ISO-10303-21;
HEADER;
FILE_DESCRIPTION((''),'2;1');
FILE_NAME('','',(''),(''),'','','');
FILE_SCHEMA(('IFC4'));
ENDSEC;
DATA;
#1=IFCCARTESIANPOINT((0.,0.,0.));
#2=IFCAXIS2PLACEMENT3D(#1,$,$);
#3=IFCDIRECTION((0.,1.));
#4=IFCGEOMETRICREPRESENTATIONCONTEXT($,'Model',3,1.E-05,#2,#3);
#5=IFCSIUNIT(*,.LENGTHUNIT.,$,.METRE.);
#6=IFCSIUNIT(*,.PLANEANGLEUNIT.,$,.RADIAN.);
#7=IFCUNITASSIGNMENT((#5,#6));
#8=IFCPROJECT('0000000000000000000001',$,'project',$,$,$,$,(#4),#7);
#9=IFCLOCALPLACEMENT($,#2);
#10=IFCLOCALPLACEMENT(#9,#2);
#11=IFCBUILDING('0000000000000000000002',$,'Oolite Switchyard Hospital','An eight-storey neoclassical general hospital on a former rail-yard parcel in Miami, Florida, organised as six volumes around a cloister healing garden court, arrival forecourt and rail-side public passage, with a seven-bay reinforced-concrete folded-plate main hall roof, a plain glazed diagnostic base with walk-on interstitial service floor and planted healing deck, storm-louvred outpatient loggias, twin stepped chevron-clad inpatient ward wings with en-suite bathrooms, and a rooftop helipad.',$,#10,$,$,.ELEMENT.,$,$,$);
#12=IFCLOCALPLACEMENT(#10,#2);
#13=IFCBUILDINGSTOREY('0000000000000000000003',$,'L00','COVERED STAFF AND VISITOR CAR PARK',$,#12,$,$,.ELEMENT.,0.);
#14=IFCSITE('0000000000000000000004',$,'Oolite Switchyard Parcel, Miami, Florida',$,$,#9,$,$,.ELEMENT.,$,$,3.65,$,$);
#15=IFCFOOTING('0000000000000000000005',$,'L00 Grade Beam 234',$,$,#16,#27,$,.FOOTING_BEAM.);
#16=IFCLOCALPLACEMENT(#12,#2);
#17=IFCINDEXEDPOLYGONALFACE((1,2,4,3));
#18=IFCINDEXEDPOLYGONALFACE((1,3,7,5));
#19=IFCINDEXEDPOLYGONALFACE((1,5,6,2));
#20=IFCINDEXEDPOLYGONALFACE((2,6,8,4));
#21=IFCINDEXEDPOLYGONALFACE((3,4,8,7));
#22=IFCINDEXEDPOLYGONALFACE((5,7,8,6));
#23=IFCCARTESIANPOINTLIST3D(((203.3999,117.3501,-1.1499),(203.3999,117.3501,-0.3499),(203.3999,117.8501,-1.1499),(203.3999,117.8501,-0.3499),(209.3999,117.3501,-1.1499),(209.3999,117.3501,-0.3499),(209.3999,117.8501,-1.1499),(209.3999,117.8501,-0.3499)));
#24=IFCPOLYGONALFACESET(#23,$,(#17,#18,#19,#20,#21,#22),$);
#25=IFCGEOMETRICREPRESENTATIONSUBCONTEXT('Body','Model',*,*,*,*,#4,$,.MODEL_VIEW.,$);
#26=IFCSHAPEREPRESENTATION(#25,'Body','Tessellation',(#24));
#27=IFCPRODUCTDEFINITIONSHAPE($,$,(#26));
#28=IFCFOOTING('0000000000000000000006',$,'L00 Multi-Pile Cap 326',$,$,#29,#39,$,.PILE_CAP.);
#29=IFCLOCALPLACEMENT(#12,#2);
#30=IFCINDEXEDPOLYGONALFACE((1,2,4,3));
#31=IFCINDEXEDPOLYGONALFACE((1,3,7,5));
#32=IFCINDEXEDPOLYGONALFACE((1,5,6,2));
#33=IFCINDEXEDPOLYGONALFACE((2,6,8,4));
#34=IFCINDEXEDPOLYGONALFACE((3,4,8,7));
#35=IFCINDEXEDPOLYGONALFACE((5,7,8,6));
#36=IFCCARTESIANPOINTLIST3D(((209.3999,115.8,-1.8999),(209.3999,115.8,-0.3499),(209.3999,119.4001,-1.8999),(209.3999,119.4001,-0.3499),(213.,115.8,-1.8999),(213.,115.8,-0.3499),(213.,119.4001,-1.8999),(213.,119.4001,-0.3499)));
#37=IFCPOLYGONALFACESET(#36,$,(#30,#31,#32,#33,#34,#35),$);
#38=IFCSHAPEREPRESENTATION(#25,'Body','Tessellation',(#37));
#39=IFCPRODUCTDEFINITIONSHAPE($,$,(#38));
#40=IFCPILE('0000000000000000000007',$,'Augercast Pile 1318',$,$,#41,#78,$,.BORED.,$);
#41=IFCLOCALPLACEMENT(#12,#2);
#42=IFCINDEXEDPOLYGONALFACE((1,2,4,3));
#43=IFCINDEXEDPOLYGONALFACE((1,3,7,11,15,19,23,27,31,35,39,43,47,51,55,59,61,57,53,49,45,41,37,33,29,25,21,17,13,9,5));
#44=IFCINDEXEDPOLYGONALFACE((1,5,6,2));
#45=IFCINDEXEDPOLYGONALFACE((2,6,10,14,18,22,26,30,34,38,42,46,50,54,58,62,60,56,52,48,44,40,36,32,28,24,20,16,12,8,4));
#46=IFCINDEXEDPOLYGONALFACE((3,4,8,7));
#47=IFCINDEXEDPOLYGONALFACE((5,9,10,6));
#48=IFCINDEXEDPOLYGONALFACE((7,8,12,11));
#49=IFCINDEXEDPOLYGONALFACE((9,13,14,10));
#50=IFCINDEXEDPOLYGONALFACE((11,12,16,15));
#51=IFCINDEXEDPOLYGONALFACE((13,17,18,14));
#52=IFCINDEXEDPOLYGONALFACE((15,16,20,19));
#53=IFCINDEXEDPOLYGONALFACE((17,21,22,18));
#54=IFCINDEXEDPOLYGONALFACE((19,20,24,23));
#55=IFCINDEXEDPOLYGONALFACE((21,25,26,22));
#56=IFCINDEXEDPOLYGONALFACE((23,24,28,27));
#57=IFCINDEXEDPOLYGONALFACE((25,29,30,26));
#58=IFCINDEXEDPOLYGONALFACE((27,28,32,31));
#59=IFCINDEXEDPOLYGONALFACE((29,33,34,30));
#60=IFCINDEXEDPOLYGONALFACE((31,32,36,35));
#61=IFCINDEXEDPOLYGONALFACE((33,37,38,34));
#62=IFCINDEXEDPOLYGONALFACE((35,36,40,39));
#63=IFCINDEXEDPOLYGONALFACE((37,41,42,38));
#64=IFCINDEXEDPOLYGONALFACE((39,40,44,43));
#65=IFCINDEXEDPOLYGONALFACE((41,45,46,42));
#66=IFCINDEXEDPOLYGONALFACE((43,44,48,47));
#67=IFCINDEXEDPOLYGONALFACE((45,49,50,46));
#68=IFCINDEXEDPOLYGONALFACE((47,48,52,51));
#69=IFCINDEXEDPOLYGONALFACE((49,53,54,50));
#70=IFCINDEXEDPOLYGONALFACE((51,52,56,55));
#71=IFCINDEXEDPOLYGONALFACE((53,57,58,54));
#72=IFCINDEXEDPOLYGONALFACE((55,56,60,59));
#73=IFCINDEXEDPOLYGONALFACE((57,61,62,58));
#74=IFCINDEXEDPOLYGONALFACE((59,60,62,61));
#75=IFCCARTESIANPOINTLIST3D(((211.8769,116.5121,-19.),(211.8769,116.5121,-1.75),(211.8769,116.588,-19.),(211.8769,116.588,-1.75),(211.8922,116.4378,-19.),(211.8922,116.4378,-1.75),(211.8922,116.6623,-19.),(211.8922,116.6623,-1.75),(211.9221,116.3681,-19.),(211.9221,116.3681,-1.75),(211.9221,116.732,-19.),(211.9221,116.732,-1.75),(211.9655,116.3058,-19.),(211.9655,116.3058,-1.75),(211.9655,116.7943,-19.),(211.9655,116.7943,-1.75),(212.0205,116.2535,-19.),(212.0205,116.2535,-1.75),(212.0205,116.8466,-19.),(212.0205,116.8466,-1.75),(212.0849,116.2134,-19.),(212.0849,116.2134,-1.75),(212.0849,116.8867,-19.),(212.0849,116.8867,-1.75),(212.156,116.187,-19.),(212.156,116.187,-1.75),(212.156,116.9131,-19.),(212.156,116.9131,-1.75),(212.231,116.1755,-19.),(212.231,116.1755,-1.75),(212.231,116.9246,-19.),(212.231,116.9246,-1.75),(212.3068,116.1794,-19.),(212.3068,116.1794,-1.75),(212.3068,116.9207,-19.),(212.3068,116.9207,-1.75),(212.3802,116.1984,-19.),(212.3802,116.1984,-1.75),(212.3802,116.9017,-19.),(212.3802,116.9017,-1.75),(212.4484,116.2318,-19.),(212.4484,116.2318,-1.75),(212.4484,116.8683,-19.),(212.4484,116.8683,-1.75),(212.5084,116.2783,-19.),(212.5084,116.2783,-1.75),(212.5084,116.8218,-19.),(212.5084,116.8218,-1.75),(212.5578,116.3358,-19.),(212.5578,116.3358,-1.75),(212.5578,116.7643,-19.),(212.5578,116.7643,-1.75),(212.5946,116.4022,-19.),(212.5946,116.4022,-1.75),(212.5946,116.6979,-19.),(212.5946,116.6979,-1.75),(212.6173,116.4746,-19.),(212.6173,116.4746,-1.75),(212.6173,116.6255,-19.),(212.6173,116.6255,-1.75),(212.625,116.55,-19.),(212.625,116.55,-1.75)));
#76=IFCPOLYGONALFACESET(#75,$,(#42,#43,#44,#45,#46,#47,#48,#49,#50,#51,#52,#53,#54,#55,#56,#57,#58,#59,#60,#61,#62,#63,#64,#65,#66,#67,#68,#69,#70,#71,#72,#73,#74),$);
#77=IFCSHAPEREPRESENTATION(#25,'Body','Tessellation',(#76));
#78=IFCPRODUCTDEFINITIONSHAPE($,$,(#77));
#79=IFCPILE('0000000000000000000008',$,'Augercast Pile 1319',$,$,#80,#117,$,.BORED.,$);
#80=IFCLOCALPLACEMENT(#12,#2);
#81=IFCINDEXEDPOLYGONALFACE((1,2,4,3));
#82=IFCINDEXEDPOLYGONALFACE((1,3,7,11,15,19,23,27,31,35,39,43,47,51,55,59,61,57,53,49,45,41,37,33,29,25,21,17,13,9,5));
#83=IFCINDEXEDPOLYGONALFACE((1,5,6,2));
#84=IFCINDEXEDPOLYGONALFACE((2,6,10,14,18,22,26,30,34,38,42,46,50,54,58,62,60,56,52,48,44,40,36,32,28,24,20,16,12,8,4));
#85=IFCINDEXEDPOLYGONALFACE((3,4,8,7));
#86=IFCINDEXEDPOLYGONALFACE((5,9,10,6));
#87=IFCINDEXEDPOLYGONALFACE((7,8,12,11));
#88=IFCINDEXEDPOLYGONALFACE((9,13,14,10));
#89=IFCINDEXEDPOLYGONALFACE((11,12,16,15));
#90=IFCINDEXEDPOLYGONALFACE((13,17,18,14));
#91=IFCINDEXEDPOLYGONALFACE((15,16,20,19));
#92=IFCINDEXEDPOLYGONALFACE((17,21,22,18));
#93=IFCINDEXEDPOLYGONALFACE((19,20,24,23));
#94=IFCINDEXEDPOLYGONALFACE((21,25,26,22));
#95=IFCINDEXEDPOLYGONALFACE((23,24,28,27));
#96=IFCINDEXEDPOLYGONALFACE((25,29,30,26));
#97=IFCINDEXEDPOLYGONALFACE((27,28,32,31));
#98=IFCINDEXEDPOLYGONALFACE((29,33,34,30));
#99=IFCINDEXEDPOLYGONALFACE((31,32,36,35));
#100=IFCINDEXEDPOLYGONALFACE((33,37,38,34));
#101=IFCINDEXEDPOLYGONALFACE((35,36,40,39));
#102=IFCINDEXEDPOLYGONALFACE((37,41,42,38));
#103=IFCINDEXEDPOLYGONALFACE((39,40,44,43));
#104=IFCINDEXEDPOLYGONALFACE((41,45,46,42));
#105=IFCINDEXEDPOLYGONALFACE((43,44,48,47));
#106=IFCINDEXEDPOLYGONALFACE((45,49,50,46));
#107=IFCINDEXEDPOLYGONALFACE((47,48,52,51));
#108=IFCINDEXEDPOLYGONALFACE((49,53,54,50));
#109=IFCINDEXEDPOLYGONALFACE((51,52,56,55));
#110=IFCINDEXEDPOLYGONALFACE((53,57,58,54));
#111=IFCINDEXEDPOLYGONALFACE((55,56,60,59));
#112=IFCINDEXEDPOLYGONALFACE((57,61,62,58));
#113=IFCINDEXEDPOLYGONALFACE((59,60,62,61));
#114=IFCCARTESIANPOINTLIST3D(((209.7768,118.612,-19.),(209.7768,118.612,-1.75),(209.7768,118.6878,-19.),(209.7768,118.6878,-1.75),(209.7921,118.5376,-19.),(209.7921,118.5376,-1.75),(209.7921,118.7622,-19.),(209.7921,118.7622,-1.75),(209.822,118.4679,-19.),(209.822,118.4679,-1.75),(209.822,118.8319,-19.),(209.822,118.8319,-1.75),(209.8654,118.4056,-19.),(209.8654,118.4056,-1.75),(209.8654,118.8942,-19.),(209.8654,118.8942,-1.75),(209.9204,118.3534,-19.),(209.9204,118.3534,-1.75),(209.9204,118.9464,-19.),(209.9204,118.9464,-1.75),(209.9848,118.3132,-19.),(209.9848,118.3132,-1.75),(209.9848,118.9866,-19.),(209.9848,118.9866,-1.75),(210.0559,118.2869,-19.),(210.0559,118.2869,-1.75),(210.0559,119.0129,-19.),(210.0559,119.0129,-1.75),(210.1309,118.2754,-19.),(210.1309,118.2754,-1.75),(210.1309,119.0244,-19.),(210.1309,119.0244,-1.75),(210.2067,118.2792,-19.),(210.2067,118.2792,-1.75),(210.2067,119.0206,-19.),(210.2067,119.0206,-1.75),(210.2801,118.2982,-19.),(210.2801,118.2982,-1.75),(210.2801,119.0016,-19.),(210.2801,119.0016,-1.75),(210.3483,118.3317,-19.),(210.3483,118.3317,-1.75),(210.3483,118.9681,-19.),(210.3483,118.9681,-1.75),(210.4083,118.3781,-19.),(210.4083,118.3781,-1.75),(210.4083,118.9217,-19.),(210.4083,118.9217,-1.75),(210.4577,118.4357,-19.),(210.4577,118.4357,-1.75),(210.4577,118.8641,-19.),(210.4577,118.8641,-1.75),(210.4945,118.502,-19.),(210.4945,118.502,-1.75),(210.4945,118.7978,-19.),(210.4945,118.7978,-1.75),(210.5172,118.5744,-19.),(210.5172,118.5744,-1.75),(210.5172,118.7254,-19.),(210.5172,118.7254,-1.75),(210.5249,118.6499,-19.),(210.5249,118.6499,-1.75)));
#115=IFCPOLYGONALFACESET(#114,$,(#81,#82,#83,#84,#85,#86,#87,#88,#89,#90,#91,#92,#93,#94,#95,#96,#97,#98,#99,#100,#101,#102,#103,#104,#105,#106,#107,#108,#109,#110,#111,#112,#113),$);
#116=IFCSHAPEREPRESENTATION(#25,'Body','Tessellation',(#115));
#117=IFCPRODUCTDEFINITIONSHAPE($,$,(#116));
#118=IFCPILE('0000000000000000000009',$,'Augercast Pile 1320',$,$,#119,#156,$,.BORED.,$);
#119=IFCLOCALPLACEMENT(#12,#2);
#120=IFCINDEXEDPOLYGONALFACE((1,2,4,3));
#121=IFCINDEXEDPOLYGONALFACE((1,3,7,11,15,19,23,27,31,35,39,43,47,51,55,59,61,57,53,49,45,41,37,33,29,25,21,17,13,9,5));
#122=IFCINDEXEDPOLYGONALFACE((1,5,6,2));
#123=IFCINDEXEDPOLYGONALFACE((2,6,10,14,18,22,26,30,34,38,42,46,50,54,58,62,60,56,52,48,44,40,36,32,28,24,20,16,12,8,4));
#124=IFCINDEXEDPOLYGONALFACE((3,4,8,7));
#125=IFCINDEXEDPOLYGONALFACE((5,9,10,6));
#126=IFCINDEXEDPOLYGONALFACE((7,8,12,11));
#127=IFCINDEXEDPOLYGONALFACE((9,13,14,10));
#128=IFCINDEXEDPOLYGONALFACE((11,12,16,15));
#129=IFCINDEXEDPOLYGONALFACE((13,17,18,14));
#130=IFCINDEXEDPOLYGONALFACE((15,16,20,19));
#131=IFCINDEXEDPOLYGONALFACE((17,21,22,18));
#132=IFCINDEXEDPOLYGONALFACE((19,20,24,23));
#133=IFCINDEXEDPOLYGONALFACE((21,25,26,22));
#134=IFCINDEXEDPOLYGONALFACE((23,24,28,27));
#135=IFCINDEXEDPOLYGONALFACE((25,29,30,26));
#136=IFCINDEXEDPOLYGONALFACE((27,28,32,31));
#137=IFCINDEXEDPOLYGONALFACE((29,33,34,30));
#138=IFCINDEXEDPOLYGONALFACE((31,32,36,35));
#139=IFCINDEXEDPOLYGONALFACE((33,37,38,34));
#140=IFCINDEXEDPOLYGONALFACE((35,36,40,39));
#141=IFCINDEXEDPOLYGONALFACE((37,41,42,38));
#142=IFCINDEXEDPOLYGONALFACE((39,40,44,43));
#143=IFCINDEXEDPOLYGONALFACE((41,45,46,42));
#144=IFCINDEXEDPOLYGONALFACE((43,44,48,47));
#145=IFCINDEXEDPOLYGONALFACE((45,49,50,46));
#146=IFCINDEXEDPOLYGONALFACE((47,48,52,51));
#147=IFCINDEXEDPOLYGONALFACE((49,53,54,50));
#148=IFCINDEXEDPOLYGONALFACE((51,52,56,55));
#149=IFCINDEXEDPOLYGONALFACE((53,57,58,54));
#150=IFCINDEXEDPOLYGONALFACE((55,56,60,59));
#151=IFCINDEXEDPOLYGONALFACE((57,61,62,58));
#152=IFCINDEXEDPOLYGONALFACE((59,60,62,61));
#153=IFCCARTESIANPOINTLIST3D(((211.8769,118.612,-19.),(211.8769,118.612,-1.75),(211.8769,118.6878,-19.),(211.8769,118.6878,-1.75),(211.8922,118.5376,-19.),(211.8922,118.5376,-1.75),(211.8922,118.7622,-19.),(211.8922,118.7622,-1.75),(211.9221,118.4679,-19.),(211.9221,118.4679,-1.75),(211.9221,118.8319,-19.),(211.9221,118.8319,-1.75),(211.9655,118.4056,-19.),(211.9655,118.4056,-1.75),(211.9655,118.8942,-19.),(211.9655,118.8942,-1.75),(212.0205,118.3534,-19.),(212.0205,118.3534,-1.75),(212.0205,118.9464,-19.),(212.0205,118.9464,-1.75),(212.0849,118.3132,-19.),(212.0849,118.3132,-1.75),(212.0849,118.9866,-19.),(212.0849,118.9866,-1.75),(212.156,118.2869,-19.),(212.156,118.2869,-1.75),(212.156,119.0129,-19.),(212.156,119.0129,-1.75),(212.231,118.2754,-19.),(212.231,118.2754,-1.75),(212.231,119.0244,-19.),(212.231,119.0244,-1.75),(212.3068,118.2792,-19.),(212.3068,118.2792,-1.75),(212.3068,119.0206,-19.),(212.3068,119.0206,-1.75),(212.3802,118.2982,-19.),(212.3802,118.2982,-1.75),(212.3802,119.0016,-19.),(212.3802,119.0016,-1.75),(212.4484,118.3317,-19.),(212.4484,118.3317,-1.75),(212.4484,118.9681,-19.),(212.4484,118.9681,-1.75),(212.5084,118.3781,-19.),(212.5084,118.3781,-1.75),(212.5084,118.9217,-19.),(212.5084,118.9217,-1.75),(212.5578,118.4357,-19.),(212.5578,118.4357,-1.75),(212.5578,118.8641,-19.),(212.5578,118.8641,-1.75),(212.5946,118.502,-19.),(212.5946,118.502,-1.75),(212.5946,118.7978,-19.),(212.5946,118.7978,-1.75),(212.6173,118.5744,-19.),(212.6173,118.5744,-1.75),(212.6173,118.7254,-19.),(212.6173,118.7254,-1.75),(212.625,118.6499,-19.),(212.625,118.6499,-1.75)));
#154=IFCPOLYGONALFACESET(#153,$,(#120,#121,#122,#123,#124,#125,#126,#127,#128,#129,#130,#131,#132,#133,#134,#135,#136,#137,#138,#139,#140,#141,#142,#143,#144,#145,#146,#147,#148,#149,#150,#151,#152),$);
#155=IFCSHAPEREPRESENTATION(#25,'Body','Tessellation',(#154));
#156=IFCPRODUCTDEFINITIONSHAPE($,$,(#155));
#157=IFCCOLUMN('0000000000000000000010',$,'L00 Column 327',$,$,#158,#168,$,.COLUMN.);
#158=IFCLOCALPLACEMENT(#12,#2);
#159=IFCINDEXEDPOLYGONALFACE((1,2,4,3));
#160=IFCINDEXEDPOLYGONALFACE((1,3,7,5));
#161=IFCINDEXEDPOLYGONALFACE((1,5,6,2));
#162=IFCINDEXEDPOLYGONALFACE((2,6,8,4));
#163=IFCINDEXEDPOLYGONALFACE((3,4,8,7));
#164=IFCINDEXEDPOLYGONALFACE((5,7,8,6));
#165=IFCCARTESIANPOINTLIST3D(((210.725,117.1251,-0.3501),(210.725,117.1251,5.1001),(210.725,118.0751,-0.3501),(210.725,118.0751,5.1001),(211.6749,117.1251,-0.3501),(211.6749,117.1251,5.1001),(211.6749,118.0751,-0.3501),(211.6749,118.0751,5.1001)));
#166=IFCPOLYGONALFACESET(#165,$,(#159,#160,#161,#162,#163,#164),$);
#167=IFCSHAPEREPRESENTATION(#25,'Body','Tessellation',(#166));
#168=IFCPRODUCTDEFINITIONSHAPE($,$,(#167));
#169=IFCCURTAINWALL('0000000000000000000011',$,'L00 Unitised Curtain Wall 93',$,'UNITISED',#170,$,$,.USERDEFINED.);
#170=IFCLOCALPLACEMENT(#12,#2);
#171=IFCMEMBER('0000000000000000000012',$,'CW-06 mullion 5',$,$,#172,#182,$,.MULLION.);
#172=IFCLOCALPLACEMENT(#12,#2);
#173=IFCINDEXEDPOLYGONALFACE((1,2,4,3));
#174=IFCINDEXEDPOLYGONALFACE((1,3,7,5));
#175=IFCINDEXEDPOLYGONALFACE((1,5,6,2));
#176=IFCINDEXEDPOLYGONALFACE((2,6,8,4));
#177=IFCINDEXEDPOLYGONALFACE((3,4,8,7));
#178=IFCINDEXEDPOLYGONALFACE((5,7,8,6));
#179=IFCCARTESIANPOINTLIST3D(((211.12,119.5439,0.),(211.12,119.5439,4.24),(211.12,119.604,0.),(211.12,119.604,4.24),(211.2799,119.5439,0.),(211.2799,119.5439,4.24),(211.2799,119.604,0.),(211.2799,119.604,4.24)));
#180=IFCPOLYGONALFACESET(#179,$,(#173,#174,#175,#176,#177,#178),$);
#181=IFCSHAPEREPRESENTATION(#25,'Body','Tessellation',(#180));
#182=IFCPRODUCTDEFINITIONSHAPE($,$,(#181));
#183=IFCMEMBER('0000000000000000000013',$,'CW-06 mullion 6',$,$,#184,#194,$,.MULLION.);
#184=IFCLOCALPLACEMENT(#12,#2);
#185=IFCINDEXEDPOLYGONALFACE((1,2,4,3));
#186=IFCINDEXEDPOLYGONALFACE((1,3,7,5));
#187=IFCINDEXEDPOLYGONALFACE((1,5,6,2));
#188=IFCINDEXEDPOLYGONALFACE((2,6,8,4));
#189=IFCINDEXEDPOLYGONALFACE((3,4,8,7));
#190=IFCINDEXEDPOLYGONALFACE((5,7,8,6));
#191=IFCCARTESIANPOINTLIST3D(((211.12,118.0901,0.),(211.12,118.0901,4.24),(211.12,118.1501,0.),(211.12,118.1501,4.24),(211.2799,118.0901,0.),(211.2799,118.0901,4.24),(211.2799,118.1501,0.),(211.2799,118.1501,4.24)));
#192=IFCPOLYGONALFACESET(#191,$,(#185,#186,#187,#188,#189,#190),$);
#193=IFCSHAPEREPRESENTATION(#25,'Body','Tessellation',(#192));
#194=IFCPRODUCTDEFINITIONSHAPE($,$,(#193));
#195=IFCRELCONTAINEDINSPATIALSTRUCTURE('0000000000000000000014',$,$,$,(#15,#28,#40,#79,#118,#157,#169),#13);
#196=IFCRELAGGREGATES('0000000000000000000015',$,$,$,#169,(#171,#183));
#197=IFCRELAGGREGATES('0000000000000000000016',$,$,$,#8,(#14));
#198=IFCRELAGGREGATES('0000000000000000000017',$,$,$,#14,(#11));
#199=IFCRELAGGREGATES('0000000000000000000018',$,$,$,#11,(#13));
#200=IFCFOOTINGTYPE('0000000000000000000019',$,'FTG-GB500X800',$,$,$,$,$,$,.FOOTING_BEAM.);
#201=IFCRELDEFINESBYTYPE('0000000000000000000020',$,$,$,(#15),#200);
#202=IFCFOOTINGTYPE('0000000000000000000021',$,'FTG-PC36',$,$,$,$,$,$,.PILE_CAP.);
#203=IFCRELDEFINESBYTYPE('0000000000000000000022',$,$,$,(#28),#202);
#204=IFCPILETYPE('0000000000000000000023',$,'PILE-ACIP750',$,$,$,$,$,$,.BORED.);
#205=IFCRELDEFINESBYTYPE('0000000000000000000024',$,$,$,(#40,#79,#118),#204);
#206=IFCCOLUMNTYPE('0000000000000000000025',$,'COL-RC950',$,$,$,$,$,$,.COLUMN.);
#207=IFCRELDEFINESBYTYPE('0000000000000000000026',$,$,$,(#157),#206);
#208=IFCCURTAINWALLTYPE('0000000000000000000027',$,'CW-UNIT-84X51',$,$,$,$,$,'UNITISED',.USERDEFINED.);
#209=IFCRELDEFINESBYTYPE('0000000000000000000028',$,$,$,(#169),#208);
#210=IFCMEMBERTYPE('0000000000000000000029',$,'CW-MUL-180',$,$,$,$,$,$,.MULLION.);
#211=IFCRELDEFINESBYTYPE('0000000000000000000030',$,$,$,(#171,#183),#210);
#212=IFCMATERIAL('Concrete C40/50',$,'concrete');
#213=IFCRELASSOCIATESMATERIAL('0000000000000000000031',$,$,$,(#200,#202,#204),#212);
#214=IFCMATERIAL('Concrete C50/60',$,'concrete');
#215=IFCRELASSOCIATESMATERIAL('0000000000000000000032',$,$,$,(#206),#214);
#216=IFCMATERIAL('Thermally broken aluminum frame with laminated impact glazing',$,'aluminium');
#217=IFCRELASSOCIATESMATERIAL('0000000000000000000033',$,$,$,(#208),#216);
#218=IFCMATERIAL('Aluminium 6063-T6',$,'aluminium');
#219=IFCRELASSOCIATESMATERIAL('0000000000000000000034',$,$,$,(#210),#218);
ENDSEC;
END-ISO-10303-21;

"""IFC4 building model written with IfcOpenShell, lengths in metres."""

from ifc_helpers import new_model, si_unit, direction, frame, origin, origin_2d, place, context, subcontext, project, spatial, rectangle, circle, extrude, material, material_profile, profile_set, type_object, element, aggregate, save


model = new_model("IFC4")

# Units and contexts
model_context = context("Model", 3, precision=1e-05, world=origin(), true_north=direction((0.0, 1.0)))
body_context = subcontext(model_context, "Body", "Model", "MODEL_VIEW")
ifc_project = project(units=[si_unit("LENGTHUNIT", "METRE"), si_unit("PLANEANGLEUNIT", "RADIAN")], contexts=[model_context])

# Site, building, storey
site_placement = place(None, origin())
site = spatial("IfcSite", under=ifc_project, at=site_placement, Name="Oolite Switchyard Parcel, Miami, Florida", CompositionType="ELEMENT", RefElevation=3.65)
building_placement = place(site_placement, origin())
building = spatial("IfcBuilding", under=site, at=building_placement, Name="Oolite Switchyard Hospital", Description="An eight-storey neoclassical general hospital on a former rail-yard parcel in Miami, Florida, organised as six volumes around a cloister healing garden court, arrival forecourt and rail-side public passage, with a seven-bay reinforced-concrete folded-plate main hall roof, a plain glazed diagnostic base with walk-on interstitial service floor and planted healing deck, storm-louvred outpatient loggias, twin stepped chevron-clad inpatient ward wings with en-suite bathrooms, and a rooftop helipad.", CompositionType="ELEMENT")
storey_placement = place(building_placement, origin())
storey = spatial("IfcBuildingStorey", under=building, at=storey_placement, Name="L00", Description="COVERED STAFF AND VISITOR CAR PARK", CompositionType="ELEMENT", Elevation=0.0)

# Footings
ifc_material_1 = material(Name="Concrete C40/50", Category="concrete")
footing_type_1 = type_object("IfcFootingType", Name="FTG-GB500X800", PredefinedType="FOOTING_BEAM", material=ifc_material_1)
footing_1_placement = place(storey_placement, frame((206.3999, 117.6001, -1.1499), z_axis=(0.0, 0.0, 1.0), x_axis=(1.0, 0.0, 0.0)))
element("IfcFooting", 1, at=footing_1_placement, inside=storey, type_object=footing_type_1, Name="L00 Grade Beam 234", PredefinedType="FOOTING_BEAM", context=body_context, shape_type="SweptSolid", body=[
    extrude(rectangle(XDim=6.0, YDim=0.5, at=origin_2d()), origin(), (0.0, 0.0, 1.0), 0.8),
])
footing_type_2 = type_object("IfcFootingType", Name="FTG-PC36", PredefinedType="PILE_CAP", material=ifc_material_1)
footing_2_placement = place(storey_placement, frame((211.2, 117.6001, -1.8999), z_axis=(0.0, 0.0, 1.0), x_axis=(1.0, 0.0, 0.0)))
element("IfcFooting", 2, at=footing_2_placement, inside=storey, type_object=footing_type_2, Name="L00 Multi-Pile Cap 326", PredefinedType="PILE_CAP", context=body_context, shape_type="SweptSolid", body=[
    extrude(rectangle(XDim=3.6001, YDim=3.6001, at=origin_2d()), origin(), (0.0, 0.0, 1.0), 1.55),
])

# Piles
ifc_material_profile_1 = material_profile(ifc_material_1, circle(Radius=0.375, at=origin_2d()), Name="PILE750")
ifc_profile_set_1 = profile_set([ifc_material_profile_1], Name="Concrete C40/50")
pile_type = type_object("IfcPileType", Name="PILE-ACIP750", PredefinedType="BORED", material=ifc_profile_set_1)
for number, where, z_axis, x_axis, name in (
    (3, (212.25, 116.55, -1.75), (0.0, 0.0, -1.0), (1.0, 0.0, 0.0), "Augercast Pile 1318"),
    (4, (210.1499, 118.6499, -1.75), (0.0, 0.0, -1.0), (1.0, 0.0, 0.0), "Augercast Pile 1319"),
    (5, (212.25, 118.6499, -1.75), (0.0, 0.0, -1.0), (1.0, 0.0, 0.0), "Augercast Pile 1320"),
):
    element("IfcPile", number, at=place(storey_placement, frame(where, z_axis=z_axis, x_axis=x_axis)), inside=storey, type_object=pile_type, Name=name, PredefinedType="BORED", context=body_context, shape_type="SweptSolid", body=[
        extrude(circle(Radius=0.375, at=origin_2d()), origin(), (0.0, 0.0, 1.0), 17.25),
    ])

# Column
ifc_material_2 = material(Name="Concrete C50/60", Category="concrete")
ifc_material_profile_2 = material_profile(ifc_material_2, rectangle(XDim=0.95, YDim=0.95, at=origin_2d()), Name="RC950X950")
ifc_profile_set_2 = profile_set([ifc_material_profile_2], Name="Concrete C50/60")
column_type = type_object("IfcColumnType", Name="COL-RC950", PredefinedType="COLUMN", material=ifc_profile_set_2)
column_placement = place(storey_placement, frame((211.2, 117.6001, -0.3501), z_axis=(0.0, 0.0, 1.0), x_axis=(1.0, 0.0, 0.0)))
element("IfcColumn", 6, at=column_placement, inside=storey, type_object=column_type, Name="L00 Column 327", PredefinedType="COLUMN", context=body_context, shape_type="SweptSolid", body=[
    extrude(rectangle(XDim=0.95, YDim=0.95, at=origin_2d()), origin(), (0.0, 0.0, 1.0), 5.4502),
])

# Curtain wall, members
ifc_material_3 = material(Name="Thermally broken aluminum frame with laminated impact glazing", Category="aluminium")
curtain_wall_type = type_object("IfcCurtainWallType", Name="CW-UNIT-84X51", ElementType="UNITISED", PredefinedType="USERDEFINED", material=ifc_material_3)
curtain_wall_1_placement = place(storey_placement, origin())
curtain_wall_1 = element("IfcCurtainWall", 7, at=curtain_wall_1_placement, inside=storey, type_object=curtain_wall_type, Name="L00 Unitised Curtain Wall 93", ObjectType="UNITISED", PredefinedType="USERDEFINED")
ifc_material_4 = material(Name="Aluminium 6063-T6", Category="aluminium")
ifc_material_profile_3 = material_profile(ifc_material_4, rectangle(XDim=0.1599, YDim=0.0601, at=origin_2d()), Name="CWM60X160")
ifc_profile_set_3 = profile_set([ifc_material_profile_3], Name="Aluminium 6063-T6")
member_type_1 = type_object("IfcMemberType", Name="CW-MUL-180", PredefinedType="MULLION", material=ifc_profile_set_3)
member_1_placement = place(storey_placement, frame((211.2, 119.574, 0.0), z_axis=(0.0, 0.0, 1.0), x_axis=(1.0, 0.0, 0.0)))
member_1 = element("IfcMember", 8, at=member_1_placement, type_object=member_type_1, Name="CW-06 mullion 5", PredefinedType="MULLION", context=body_context, shape_type="SweptSolid", body=[
    extrude(rectangle(XDim=0.1599, YDim=0.0601, at=origin_2d()), origin(), (0.0, 0.0, 1.0), 4.24),
])
member_2_placement = place(storey_placement, frame((211.2, 118.1201, 0.0), z_axis=(0.0, 0.0, 1.0), x_axis=(1.0, 0.0, 0.0)))
member_2 = element("IfcMember", 9, at=member_2_placement, type_object=member_type_1, Name="CW-06 mullion 6", PredefinedType="MULLION", context=body_context, shape_type="SweptSolid", body=[
    extrude(rectangle(XDim=0.1599, YDim=0.0601, at=origin_2d()), origin(), (0.0, 0.0, 1.0), 4.24),
])

aggregate(curtain_wall_1, [member_1, member_2])

save(model, "model.ifc")
